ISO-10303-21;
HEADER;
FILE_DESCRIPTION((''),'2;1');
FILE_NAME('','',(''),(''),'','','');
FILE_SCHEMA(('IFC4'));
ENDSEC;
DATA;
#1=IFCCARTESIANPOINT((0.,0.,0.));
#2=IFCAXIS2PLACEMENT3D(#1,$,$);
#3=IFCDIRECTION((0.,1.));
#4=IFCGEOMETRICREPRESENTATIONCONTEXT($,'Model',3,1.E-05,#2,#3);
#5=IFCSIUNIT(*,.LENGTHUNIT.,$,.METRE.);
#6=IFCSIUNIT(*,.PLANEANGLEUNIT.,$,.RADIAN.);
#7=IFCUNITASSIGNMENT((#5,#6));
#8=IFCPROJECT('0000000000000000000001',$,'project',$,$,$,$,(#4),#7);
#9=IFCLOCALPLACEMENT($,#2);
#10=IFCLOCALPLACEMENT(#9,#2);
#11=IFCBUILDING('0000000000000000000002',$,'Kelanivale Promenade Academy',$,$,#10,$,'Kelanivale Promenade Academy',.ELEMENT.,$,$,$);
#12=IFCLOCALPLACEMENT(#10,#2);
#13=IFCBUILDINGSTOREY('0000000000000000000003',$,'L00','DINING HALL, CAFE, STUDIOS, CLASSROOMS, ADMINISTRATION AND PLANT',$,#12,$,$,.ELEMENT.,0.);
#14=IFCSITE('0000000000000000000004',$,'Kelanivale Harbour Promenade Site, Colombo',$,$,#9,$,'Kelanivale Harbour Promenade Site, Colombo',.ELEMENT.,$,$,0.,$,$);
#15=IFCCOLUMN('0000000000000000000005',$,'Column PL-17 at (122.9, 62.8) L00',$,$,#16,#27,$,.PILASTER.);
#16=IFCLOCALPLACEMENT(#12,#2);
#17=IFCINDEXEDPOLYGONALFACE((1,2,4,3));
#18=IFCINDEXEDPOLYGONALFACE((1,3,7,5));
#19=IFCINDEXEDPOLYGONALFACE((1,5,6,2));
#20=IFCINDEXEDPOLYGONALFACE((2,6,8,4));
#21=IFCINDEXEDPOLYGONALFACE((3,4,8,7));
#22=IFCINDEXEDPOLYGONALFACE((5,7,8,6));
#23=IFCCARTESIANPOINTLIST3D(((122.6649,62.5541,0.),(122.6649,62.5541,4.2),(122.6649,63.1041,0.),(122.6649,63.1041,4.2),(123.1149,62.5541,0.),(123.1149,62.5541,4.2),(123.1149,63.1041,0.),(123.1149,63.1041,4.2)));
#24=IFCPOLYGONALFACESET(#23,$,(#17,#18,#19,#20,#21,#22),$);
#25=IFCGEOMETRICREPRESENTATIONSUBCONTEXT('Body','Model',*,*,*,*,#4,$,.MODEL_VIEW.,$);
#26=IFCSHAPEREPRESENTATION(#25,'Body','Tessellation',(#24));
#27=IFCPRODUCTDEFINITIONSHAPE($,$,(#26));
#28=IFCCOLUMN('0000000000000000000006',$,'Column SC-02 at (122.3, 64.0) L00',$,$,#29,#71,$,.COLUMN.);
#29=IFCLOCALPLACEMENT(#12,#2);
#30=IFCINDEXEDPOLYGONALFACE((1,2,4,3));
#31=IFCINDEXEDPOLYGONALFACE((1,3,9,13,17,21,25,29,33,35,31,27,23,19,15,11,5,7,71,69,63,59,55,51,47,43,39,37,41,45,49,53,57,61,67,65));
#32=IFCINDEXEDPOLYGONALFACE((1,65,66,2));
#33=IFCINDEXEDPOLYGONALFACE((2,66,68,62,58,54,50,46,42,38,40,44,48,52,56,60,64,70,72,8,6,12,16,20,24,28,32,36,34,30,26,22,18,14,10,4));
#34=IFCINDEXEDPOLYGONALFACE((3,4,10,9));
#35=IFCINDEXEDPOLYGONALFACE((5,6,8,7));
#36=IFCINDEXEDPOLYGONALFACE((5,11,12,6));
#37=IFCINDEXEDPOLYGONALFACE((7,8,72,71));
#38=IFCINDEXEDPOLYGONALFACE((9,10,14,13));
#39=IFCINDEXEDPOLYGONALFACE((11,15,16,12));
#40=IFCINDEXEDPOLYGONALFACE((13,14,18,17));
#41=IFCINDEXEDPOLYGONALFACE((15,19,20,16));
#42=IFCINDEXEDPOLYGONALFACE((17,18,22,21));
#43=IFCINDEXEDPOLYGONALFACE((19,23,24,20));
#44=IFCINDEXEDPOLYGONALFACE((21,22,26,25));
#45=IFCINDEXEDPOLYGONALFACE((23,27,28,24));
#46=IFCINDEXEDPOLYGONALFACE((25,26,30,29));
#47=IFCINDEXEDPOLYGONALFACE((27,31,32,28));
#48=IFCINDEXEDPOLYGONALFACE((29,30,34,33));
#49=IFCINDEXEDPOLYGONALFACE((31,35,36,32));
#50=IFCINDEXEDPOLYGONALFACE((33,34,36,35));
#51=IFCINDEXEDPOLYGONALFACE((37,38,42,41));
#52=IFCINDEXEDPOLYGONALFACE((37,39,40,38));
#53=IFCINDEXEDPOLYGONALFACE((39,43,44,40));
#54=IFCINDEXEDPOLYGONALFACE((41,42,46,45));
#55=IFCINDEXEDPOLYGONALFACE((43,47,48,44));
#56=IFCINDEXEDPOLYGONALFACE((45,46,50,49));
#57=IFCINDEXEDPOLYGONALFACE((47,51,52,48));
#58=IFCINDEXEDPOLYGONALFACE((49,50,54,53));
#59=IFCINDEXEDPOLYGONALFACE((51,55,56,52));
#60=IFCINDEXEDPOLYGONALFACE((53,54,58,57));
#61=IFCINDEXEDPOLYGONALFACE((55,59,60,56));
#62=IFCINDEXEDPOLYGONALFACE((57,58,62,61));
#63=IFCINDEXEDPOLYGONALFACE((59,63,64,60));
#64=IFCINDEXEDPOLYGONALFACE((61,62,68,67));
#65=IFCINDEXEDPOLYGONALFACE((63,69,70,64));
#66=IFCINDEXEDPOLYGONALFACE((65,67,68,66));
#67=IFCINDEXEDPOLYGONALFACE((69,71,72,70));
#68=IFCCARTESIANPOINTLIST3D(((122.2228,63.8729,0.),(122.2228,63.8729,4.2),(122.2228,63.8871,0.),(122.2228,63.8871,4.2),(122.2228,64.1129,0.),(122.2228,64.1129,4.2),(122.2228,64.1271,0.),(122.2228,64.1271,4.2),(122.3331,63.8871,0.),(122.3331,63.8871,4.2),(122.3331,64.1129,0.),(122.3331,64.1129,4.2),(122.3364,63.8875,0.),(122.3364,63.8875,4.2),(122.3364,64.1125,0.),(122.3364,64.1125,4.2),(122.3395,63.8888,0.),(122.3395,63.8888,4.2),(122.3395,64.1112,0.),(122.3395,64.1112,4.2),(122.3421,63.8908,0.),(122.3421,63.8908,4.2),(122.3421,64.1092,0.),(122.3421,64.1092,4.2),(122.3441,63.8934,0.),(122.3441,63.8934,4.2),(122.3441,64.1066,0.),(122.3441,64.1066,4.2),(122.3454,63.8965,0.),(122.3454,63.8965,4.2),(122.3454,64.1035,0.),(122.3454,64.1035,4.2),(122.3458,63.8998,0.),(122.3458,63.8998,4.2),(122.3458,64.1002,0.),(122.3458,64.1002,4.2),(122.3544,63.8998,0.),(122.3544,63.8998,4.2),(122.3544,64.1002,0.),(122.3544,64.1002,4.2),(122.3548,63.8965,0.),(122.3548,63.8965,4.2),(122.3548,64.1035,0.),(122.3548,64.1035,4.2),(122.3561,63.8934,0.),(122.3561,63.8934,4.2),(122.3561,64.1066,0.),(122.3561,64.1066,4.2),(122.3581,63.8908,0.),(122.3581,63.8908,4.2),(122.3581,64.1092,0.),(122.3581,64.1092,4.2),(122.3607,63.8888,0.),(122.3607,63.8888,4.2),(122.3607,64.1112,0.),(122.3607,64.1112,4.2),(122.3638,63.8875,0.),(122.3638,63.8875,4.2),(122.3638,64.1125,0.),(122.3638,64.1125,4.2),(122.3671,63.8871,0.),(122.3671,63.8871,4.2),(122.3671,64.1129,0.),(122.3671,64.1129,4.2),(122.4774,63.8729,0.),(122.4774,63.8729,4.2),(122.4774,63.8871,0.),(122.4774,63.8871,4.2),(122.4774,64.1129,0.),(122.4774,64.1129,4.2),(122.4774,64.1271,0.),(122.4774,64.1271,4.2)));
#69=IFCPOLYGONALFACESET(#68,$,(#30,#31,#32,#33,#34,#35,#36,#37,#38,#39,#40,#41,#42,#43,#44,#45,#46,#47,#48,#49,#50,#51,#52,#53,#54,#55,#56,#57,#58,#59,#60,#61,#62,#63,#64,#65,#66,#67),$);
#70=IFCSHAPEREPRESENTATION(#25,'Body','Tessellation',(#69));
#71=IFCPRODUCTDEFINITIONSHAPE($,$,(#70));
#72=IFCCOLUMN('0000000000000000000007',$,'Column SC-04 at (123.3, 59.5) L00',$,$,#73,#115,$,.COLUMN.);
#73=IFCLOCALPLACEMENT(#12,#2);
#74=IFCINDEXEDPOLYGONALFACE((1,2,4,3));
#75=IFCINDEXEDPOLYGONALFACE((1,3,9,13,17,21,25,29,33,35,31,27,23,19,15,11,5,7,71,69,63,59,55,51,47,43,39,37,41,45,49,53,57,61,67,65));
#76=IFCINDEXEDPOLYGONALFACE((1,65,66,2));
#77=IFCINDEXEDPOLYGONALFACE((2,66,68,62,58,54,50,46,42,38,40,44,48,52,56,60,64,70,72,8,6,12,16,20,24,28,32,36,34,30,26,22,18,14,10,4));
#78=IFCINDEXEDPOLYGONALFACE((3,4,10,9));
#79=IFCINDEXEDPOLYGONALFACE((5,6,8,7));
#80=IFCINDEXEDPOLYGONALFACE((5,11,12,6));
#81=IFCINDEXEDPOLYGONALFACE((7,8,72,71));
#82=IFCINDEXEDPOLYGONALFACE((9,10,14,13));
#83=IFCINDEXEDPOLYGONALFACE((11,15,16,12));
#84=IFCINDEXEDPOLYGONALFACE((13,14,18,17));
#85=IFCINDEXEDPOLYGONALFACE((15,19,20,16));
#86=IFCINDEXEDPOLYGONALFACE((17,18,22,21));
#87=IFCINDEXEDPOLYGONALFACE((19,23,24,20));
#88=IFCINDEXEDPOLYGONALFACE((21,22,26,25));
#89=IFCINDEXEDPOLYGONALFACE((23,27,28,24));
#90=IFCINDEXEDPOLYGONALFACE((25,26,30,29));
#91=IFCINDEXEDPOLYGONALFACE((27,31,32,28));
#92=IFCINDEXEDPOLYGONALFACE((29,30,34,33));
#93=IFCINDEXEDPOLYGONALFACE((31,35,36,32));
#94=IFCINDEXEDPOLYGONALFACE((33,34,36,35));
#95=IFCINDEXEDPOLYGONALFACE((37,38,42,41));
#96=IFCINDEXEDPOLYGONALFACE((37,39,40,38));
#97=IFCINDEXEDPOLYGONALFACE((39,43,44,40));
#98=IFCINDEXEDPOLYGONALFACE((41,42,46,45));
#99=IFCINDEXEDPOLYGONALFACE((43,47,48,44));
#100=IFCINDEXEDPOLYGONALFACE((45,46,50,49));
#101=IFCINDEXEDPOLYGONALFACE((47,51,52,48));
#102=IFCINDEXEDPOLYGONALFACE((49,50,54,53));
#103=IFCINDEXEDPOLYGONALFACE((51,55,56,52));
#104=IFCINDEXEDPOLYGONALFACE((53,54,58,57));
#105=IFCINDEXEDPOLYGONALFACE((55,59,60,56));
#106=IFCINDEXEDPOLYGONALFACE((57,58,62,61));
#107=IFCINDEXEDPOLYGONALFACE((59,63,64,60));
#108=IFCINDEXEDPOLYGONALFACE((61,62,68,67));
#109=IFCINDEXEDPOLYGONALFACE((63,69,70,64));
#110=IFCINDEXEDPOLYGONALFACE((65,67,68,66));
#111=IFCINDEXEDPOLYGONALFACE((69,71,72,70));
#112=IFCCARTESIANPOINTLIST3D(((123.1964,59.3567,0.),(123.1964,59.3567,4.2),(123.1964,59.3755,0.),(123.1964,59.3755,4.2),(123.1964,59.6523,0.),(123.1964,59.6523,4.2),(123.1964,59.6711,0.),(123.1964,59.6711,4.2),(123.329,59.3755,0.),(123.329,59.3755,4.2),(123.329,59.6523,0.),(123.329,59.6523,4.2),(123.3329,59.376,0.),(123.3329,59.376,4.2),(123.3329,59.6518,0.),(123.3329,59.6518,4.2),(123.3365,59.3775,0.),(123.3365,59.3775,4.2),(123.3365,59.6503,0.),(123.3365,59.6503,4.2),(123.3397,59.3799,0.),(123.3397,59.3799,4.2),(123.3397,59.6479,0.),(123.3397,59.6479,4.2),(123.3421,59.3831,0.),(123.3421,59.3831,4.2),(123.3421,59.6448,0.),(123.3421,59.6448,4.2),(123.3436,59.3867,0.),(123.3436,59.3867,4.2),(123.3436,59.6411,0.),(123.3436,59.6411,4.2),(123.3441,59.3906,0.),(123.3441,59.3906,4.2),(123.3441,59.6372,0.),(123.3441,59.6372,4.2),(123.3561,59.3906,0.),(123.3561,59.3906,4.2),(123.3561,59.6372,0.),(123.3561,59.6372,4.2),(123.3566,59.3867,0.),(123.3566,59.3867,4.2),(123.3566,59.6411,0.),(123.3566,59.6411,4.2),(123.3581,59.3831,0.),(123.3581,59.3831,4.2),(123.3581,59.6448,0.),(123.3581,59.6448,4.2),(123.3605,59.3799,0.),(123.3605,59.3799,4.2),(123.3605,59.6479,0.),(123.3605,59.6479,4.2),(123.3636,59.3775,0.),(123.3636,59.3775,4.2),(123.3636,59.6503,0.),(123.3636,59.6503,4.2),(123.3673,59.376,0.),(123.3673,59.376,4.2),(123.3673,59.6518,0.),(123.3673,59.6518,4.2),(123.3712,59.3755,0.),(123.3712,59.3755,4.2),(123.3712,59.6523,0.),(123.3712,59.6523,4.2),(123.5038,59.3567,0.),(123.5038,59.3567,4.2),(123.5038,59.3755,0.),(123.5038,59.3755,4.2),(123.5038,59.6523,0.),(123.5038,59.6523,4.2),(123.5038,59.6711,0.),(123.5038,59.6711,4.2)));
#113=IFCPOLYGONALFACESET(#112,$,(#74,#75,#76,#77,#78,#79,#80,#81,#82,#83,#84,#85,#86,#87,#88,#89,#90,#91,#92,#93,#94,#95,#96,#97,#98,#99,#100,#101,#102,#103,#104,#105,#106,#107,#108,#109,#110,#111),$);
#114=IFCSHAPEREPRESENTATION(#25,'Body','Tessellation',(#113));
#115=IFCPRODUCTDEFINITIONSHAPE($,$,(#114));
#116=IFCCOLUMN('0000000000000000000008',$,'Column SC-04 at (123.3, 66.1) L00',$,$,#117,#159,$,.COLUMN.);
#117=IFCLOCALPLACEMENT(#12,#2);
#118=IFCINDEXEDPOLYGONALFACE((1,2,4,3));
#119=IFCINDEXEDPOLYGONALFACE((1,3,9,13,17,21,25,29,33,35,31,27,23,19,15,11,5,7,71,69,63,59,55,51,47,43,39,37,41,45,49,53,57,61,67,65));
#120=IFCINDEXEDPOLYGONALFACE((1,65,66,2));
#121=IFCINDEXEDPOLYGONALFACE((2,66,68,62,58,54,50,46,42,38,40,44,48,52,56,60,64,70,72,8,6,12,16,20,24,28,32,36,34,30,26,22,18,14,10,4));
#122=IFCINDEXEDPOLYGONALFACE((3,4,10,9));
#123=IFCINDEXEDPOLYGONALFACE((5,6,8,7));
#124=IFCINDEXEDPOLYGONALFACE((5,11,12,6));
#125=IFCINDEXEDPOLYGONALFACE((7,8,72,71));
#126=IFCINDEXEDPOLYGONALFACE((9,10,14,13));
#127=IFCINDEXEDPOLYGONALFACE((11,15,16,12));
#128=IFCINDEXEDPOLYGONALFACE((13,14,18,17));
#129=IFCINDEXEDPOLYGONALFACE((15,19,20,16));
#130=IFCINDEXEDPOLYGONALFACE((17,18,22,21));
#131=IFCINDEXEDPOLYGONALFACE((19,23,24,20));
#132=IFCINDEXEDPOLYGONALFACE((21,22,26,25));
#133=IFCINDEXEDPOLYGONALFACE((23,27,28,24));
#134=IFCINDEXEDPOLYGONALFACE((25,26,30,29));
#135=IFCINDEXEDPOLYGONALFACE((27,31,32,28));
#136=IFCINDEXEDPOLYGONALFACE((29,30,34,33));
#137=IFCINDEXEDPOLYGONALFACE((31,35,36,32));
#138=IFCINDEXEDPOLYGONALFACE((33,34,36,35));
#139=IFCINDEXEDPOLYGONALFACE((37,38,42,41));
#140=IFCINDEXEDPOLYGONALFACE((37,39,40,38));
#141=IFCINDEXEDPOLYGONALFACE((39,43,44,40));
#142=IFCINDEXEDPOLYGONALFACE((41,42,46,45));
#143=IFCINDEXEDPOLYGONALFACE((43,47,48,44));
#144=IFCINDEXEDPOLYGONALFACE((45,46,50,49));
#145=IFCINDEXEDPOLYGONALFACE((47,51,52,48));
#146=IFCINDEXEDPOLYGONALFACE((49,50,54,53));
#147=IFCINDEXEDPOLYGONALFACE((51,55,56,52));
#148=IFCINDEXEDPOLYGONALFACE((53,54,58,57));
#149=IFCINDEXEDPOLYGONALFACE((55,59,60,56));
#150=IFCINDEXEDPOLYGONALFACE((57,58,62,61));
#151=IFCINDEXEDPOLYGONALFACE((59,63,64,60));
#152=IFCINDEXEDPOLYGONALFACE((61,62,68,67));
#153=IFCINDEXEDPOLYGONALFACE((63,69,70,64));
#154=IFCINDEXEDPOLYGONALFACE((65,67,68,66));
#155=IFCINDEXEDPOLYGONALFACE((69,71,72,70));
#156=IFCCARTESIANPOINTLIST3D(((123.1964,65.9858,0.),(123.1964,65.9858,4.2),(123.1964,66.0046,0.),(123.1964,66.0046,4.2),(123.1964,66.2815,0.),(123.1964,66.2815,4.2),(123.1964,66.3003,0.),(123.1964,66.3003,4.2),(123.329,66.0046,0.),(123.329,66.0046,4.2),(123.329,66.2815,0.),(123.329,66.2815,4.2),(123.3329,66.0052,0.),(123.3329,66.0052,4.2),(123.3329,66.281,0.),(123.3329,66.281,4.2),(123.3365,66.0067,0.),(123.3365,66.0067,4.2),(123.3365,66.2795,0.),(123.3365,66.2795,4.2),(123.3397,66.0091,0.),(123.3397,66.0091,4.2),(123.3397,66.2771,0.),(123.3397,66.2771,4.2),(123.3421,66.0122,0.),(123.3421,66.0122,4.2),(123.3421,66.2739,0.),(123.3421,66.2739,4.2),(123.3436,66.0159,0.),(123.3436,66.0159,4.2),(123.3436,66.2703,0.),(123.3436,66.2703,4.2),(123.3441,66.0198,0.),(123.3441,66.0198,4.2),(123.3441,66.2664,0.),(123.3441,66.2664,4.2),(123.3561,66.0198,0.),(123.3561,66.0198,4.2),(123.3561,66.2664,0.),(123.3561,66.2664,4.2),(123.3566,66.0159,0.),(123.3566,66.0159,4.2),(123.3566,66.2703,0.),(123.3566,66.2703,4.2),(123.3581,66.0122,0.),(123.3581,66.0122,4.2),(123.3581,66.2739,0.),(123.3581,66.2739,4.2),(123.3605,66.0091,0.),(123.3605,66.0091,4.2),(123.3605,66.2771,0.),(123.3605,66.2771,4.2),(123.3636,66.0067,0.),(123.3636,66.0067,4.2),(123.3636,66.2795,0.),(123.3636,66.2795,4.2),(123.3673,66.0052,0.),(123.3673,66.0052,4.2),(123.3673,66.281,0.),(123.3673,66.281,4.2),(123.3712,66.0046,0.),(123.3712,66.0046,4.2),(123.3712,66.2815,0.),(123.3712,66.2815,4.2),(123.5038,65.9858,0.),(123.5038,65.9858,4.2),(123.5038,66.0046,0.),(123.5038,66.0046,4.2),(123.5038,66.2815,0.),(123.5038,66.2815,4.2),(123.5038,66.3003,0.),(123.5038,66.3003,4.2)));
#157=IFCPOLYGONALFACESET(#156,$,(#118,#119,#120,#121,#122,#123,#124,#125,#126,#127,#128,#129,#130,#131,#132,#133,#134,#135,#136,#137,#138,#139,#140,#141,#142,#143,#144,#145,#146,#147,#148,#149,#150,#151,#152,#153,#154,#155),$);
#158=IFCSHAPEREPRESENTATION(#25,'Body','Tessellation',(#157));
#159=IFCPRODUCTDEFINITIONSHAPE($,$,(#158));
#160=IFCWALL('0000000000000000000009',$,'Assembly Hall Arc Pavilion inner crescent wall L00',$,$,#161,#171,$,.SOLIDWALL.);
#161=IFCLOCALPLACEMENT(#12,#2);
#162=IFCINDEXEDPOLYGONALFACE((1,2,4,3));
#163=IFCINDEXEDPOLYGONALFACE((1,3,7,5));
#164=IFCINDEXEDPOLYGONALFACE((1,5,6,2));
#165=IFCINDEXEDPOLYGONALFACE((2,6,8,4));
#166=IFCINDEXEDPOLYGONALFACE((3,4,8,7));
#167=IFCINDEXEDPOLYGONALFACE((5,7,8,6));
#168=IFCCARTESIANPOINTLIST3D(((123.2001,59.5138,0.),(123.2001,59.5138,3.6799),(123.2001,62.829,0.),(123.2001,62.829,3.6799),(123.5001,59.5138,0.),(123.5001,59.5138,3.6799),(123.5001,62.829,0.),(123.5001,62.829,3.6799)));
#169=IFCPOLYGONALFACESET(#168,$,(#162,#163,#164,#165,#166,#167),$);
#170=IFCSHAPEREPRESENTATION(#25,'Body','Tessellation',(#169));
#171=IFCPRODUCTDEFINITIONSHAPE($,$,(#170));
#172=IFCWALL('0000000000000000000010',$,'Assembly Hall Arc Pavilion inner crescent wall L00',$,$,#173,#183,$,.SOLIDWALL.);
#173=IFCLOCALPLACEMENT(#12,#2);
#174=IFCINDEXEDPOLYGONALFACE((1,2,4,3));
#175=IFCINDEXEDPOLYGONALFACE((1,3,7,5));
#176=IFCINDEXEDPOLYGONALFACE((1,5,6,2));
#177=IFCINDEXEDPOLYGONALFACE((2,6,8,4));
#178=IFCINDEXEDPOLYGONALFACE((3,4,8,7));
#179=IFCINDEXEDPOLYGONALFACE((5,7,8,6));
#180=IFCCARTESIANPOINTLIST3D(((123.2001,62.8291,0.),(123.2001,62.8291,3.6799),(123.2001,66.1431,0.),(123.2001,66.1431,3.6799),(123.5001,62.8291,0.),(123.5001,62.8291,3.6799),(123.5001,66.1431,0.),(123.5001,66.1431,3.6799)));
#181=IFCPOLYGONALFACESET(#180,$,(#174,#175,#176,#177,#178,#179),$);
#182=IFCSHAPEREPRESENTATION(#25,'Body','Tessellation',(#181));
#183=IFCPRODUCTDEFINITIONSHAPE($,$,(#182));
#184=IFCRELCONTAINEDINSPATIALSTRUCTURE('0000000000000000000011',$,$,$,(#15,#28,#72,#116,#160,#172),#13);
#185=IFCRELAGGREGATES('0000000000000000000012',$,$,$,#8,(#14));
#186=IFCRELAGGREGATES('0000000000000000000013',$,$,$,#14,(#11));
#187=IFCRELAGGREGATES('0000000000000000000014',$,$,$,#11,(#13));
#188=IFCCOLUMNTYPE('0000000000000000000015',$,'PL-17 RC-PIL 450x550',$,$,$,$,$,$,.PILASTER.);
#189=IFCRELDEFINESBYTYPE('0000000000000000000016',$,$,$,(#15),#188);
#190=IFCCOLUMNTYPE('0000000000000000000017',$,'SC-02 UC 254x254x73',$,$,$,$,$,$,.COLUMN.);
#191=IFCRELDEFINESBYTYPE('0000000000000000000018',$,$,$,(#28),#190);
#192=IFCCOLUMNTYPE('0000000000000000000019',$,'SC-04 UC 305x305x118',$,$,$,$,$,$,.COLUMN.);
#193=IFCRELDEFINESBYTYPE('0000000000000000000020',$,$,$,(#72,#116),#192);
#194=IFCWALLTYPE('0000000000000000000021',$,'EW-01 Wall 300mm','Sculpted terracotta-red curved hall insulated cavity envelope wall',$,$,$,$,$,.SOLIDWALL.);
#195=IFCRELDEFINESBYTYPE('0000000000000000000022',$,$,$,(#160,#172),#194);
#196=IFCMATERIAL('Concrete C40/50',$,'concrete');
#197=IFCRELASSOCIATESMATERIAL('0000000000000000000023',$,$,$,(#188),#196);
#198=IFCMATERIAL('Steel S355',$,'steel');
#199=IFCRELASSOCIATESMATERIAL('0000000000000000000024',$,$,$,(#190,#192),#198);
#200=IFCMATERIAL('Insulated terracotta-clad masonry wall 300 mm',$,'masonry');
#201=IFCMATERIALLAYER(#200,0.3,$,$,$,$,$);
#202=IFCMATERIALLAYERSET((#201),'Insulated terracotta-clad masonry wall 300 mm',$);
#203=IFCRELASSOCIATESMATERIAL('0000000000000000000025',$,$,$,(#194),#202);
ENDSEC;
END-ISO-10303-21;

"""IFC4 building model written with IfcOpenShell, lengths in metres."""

from ifc_helpers import new_model, si_unit, direction, frame, frame_2d, origin, origin_2d, place, context, subcontext, project, spatial, rectangle, i_section, extrude, material, layer, layer_set, material_profile, profile_set, type_object, element, save


model = new_model("IFC4")

# Units and contexts
model_context = context("Model", 3, precision=1e-05, world=origin(), true_north=direction((0.0, 1.0)))
body_context = subcontext(model_context, "Body", "Model", "MODEL_VIEW")
ifc_project = project(units=[si_unit("LENGTHUNIT", "METRE"), si_unit("PLANEANGLEUNIT", "RADIAN")], contexts=[model_context])

# Site, building, storey
site_placement = place(None, origin())
site = spatial("IfcSite", under=ifc_project, at=site_placement, Name="Kelanivale Harbour Promenade Site, Colombo", LongName="Kelanivale Harbour Promenade Site, Colombo", CompositionType="ELEMENT", RefElevation=0.0)
building_placement = place(site_placement, origin())
building = spatial("IfcBuilding", under=site, at=building_placement, Name="Kelanivale Promenade Academy", LongName="Kelanivale Promenade Academy", CompositionType="ELEMENT")
storey_placement = place(building_placement, origin())
storey = spatial("IfcBuildingStorey", under=building, at=storey_placement, Name="L00", Description="DINING HALL, CAFE, STUDIOS, CLASSROOMS, ADMINISTRATION AND PLANT", CompositionType="ELEMENT", Elevation=0.0)

# Columns
ifc_material_1 = material(Name="Concrete C40/50", Category="concrete")
ifc_material_profile_1 = material_profile(ifc_material_1, rectangle(XDim=0.45, YDim=0.55, at=origin_2d()), Name="RC-PIL 450x550")
ifc_profile_set_1 = profile_set([ifc_material_profile_1], Name="Concrete C40/50")
column_type_1 = type_object("IfcColumnType", Name="PL-17 RC-PIL 450x550", PredefinedType="PILASTER", material=ifc_profile_set_1)
column_1_placement = place(storey_placement, frame((122.8899, 62.8291, 0.0), z_axis=(0.0, 0.0, 1.0), x_axis=(1.0, 0.0, 0.0)))
element("IfcColumn", 1, at=column_1_placement, inside=storey, type_object=column_type_1, Name="Column PL-17 at (122.9, 62.8) L00", PredefinedType="PILASTER", context=body_context, shape_type="SweptSolid", body=[
    extrude(rectangle(XDim=0.45, YDim=0.55, at=origin_2d()), origin(), (0.0, 0.0, 1.0), 4.2),
])
ifc_material_2 = material(Name="Steel S355", Category="steel")
ifc_material_profile_2 = material_profile(ifc_material_2, i_section(OverallWidth=0.2546, OverallDepth=0.2542, WebThickness=0.0085, FlangeThickness=0.0142, FilletRadius=0.0127, at=origin_2d()), Name="UC 254x254x73")
ifc_profile_set_2 = profile_set([ifc_material_profile_2], Name="Steel S355")
column_type_2 = type_object("IfcColumnType", Name="SC-02 UC 254x254x73", PredefinedType="COLUMN", material=ifc_profile_set_2)
column_2_placement = place(storey_placement, frame((122.3501, 64.0, 0.0), z_axis=(0.0, 0.0, 1.0), x_axis=(1.0, 0.0, 0.0)))
element("IfcColumn", 2, at=column_2_placement, inside=storey, type_object=column_type_2, Name="Column SC-02 at (122.3, 64.0) L00", PredefinedType="COLUMN", context=body_context, shape_type="SweptSolid", body=[
    extrude(i_section(OverallWidth=0.2546, OverallDepth=0.2542, WebThickness=0.0085, FlangeThickness=0.0142, FilletRadius=0.0127, at=origin_2d()), origin(), (0.0, 0.0, 1.0), 4.2),
])
ifc_material_profile_3 = material_profile(ifc_material_2, i_section(OverallWidth=0.3074, OverallDepth=0.3145, WebThickness=0.012, FlangeThickness=0.0188, FilletRadius=0.0151, at=origin_2d()), Name="UC 305x305x118")
ifc_profile_set_3 = profile_set([ifc_material_profile_3], Name="Steel S355")
column_type_3 = type_object("IfcColumnType", Name="SC-04 UC 305x305x118", PredefinedType="COLUMN", material=ifc_profile_set_3)
for number, where, z_axis, x_axis, name in (
    (3, (123.3501, 59.5139, 0.0), (0.0, 0.0, 1.0), (1.0, 0.0, 0.0), "Column SC-04 at (123.3, 59.5) L00"),
    (4, (123.3501, 66.1431, 0.0), (0.0, 0.0, 1.0), (1.0, 0.0, 0.0), "Column SC-04 at (123.3, 66.1) L00"),
):
    element("IfcColumn", number, at=place(storey_placement, frame(where, z_axis=z_axis, x_axis=x_axis)), inside=storey, type_object=column_type_3, Name=name, PredefinedType="COLUMN", context=body_context, shape_type="SweptSolid", body=[
        extrude(i_section(OverallWidth=0.3074, OverallDepth=0.3145, WebThickness=0.012, FlangeThickness=0.0188, FilletRadius=0.0151, at=origin_2d()), origin(), (0.0, 0.0, 1.0), 4.2),
    ])

# Walls
ifc_material_3 = material(Name="Insulated terracotta-clad masonry wall 300 mm", Category="masonry")
ifc_layer_1 = layer(ifc_material_3, 0.3)
ifc_layer_set_1 = layer_set([ifc_layer_1], Name="Insulated terracotta-clad masonry wall 300 mm")
wall_type_1 = type_object("IfcWallType", Name="EW-01 Wall 300mm", Description="Sculpted terracotta-red curved hall insulated cavity envelope wall", PredefinedType="SOLIDWALL", material=ifc_layer_set_1)
wall_1_placement = place(storey_placement, frame((123.3501, 62.8291, 0.0), z_axis=(0.0, 0.0, 1.0), x_axis=(0.0, -1.0, 0.0)))
element("IfcWall", 5, at=wall_1_placement, inside=storey, type_object=wall_type_1, Name="Assembly Hall Arc Pavilion inner crescent wall L00", PredefinedType="SOLIDWALL", context=body_context, shape_type="SweptSolid", body=[
    extrude(rectangle(XDim=3.3152, YDim=0.3, at=frame_2d((1.6577, 0.0))), origin(), (0.0, 0.0, 1.0), 3.6799),
])
wall_2_placement = place(storey_placement, frame((123.3501, 66.1431, 0.0), z_axis=(0.0, 0.0, 1.0), x_axis=(0.0, -1.0, 0.0)))
element("IfcWall", 6, at=wall_2_placement, inside=storey, type_object=wall_type_1, Name="Assembly Hall Arc Pavilion inner crescent wall L00", PredefinedType="SOLIDWALL", context=body_context, shape_type="SweptSolid", body=[
    extrude(rectangle(XDim=3.314, YDim=0.3, at=frame_2d((1.657, 0.0))), origin(), (0.0, 0.0, 1.0), 3.6799),
])

save(model, "model.ifc")
